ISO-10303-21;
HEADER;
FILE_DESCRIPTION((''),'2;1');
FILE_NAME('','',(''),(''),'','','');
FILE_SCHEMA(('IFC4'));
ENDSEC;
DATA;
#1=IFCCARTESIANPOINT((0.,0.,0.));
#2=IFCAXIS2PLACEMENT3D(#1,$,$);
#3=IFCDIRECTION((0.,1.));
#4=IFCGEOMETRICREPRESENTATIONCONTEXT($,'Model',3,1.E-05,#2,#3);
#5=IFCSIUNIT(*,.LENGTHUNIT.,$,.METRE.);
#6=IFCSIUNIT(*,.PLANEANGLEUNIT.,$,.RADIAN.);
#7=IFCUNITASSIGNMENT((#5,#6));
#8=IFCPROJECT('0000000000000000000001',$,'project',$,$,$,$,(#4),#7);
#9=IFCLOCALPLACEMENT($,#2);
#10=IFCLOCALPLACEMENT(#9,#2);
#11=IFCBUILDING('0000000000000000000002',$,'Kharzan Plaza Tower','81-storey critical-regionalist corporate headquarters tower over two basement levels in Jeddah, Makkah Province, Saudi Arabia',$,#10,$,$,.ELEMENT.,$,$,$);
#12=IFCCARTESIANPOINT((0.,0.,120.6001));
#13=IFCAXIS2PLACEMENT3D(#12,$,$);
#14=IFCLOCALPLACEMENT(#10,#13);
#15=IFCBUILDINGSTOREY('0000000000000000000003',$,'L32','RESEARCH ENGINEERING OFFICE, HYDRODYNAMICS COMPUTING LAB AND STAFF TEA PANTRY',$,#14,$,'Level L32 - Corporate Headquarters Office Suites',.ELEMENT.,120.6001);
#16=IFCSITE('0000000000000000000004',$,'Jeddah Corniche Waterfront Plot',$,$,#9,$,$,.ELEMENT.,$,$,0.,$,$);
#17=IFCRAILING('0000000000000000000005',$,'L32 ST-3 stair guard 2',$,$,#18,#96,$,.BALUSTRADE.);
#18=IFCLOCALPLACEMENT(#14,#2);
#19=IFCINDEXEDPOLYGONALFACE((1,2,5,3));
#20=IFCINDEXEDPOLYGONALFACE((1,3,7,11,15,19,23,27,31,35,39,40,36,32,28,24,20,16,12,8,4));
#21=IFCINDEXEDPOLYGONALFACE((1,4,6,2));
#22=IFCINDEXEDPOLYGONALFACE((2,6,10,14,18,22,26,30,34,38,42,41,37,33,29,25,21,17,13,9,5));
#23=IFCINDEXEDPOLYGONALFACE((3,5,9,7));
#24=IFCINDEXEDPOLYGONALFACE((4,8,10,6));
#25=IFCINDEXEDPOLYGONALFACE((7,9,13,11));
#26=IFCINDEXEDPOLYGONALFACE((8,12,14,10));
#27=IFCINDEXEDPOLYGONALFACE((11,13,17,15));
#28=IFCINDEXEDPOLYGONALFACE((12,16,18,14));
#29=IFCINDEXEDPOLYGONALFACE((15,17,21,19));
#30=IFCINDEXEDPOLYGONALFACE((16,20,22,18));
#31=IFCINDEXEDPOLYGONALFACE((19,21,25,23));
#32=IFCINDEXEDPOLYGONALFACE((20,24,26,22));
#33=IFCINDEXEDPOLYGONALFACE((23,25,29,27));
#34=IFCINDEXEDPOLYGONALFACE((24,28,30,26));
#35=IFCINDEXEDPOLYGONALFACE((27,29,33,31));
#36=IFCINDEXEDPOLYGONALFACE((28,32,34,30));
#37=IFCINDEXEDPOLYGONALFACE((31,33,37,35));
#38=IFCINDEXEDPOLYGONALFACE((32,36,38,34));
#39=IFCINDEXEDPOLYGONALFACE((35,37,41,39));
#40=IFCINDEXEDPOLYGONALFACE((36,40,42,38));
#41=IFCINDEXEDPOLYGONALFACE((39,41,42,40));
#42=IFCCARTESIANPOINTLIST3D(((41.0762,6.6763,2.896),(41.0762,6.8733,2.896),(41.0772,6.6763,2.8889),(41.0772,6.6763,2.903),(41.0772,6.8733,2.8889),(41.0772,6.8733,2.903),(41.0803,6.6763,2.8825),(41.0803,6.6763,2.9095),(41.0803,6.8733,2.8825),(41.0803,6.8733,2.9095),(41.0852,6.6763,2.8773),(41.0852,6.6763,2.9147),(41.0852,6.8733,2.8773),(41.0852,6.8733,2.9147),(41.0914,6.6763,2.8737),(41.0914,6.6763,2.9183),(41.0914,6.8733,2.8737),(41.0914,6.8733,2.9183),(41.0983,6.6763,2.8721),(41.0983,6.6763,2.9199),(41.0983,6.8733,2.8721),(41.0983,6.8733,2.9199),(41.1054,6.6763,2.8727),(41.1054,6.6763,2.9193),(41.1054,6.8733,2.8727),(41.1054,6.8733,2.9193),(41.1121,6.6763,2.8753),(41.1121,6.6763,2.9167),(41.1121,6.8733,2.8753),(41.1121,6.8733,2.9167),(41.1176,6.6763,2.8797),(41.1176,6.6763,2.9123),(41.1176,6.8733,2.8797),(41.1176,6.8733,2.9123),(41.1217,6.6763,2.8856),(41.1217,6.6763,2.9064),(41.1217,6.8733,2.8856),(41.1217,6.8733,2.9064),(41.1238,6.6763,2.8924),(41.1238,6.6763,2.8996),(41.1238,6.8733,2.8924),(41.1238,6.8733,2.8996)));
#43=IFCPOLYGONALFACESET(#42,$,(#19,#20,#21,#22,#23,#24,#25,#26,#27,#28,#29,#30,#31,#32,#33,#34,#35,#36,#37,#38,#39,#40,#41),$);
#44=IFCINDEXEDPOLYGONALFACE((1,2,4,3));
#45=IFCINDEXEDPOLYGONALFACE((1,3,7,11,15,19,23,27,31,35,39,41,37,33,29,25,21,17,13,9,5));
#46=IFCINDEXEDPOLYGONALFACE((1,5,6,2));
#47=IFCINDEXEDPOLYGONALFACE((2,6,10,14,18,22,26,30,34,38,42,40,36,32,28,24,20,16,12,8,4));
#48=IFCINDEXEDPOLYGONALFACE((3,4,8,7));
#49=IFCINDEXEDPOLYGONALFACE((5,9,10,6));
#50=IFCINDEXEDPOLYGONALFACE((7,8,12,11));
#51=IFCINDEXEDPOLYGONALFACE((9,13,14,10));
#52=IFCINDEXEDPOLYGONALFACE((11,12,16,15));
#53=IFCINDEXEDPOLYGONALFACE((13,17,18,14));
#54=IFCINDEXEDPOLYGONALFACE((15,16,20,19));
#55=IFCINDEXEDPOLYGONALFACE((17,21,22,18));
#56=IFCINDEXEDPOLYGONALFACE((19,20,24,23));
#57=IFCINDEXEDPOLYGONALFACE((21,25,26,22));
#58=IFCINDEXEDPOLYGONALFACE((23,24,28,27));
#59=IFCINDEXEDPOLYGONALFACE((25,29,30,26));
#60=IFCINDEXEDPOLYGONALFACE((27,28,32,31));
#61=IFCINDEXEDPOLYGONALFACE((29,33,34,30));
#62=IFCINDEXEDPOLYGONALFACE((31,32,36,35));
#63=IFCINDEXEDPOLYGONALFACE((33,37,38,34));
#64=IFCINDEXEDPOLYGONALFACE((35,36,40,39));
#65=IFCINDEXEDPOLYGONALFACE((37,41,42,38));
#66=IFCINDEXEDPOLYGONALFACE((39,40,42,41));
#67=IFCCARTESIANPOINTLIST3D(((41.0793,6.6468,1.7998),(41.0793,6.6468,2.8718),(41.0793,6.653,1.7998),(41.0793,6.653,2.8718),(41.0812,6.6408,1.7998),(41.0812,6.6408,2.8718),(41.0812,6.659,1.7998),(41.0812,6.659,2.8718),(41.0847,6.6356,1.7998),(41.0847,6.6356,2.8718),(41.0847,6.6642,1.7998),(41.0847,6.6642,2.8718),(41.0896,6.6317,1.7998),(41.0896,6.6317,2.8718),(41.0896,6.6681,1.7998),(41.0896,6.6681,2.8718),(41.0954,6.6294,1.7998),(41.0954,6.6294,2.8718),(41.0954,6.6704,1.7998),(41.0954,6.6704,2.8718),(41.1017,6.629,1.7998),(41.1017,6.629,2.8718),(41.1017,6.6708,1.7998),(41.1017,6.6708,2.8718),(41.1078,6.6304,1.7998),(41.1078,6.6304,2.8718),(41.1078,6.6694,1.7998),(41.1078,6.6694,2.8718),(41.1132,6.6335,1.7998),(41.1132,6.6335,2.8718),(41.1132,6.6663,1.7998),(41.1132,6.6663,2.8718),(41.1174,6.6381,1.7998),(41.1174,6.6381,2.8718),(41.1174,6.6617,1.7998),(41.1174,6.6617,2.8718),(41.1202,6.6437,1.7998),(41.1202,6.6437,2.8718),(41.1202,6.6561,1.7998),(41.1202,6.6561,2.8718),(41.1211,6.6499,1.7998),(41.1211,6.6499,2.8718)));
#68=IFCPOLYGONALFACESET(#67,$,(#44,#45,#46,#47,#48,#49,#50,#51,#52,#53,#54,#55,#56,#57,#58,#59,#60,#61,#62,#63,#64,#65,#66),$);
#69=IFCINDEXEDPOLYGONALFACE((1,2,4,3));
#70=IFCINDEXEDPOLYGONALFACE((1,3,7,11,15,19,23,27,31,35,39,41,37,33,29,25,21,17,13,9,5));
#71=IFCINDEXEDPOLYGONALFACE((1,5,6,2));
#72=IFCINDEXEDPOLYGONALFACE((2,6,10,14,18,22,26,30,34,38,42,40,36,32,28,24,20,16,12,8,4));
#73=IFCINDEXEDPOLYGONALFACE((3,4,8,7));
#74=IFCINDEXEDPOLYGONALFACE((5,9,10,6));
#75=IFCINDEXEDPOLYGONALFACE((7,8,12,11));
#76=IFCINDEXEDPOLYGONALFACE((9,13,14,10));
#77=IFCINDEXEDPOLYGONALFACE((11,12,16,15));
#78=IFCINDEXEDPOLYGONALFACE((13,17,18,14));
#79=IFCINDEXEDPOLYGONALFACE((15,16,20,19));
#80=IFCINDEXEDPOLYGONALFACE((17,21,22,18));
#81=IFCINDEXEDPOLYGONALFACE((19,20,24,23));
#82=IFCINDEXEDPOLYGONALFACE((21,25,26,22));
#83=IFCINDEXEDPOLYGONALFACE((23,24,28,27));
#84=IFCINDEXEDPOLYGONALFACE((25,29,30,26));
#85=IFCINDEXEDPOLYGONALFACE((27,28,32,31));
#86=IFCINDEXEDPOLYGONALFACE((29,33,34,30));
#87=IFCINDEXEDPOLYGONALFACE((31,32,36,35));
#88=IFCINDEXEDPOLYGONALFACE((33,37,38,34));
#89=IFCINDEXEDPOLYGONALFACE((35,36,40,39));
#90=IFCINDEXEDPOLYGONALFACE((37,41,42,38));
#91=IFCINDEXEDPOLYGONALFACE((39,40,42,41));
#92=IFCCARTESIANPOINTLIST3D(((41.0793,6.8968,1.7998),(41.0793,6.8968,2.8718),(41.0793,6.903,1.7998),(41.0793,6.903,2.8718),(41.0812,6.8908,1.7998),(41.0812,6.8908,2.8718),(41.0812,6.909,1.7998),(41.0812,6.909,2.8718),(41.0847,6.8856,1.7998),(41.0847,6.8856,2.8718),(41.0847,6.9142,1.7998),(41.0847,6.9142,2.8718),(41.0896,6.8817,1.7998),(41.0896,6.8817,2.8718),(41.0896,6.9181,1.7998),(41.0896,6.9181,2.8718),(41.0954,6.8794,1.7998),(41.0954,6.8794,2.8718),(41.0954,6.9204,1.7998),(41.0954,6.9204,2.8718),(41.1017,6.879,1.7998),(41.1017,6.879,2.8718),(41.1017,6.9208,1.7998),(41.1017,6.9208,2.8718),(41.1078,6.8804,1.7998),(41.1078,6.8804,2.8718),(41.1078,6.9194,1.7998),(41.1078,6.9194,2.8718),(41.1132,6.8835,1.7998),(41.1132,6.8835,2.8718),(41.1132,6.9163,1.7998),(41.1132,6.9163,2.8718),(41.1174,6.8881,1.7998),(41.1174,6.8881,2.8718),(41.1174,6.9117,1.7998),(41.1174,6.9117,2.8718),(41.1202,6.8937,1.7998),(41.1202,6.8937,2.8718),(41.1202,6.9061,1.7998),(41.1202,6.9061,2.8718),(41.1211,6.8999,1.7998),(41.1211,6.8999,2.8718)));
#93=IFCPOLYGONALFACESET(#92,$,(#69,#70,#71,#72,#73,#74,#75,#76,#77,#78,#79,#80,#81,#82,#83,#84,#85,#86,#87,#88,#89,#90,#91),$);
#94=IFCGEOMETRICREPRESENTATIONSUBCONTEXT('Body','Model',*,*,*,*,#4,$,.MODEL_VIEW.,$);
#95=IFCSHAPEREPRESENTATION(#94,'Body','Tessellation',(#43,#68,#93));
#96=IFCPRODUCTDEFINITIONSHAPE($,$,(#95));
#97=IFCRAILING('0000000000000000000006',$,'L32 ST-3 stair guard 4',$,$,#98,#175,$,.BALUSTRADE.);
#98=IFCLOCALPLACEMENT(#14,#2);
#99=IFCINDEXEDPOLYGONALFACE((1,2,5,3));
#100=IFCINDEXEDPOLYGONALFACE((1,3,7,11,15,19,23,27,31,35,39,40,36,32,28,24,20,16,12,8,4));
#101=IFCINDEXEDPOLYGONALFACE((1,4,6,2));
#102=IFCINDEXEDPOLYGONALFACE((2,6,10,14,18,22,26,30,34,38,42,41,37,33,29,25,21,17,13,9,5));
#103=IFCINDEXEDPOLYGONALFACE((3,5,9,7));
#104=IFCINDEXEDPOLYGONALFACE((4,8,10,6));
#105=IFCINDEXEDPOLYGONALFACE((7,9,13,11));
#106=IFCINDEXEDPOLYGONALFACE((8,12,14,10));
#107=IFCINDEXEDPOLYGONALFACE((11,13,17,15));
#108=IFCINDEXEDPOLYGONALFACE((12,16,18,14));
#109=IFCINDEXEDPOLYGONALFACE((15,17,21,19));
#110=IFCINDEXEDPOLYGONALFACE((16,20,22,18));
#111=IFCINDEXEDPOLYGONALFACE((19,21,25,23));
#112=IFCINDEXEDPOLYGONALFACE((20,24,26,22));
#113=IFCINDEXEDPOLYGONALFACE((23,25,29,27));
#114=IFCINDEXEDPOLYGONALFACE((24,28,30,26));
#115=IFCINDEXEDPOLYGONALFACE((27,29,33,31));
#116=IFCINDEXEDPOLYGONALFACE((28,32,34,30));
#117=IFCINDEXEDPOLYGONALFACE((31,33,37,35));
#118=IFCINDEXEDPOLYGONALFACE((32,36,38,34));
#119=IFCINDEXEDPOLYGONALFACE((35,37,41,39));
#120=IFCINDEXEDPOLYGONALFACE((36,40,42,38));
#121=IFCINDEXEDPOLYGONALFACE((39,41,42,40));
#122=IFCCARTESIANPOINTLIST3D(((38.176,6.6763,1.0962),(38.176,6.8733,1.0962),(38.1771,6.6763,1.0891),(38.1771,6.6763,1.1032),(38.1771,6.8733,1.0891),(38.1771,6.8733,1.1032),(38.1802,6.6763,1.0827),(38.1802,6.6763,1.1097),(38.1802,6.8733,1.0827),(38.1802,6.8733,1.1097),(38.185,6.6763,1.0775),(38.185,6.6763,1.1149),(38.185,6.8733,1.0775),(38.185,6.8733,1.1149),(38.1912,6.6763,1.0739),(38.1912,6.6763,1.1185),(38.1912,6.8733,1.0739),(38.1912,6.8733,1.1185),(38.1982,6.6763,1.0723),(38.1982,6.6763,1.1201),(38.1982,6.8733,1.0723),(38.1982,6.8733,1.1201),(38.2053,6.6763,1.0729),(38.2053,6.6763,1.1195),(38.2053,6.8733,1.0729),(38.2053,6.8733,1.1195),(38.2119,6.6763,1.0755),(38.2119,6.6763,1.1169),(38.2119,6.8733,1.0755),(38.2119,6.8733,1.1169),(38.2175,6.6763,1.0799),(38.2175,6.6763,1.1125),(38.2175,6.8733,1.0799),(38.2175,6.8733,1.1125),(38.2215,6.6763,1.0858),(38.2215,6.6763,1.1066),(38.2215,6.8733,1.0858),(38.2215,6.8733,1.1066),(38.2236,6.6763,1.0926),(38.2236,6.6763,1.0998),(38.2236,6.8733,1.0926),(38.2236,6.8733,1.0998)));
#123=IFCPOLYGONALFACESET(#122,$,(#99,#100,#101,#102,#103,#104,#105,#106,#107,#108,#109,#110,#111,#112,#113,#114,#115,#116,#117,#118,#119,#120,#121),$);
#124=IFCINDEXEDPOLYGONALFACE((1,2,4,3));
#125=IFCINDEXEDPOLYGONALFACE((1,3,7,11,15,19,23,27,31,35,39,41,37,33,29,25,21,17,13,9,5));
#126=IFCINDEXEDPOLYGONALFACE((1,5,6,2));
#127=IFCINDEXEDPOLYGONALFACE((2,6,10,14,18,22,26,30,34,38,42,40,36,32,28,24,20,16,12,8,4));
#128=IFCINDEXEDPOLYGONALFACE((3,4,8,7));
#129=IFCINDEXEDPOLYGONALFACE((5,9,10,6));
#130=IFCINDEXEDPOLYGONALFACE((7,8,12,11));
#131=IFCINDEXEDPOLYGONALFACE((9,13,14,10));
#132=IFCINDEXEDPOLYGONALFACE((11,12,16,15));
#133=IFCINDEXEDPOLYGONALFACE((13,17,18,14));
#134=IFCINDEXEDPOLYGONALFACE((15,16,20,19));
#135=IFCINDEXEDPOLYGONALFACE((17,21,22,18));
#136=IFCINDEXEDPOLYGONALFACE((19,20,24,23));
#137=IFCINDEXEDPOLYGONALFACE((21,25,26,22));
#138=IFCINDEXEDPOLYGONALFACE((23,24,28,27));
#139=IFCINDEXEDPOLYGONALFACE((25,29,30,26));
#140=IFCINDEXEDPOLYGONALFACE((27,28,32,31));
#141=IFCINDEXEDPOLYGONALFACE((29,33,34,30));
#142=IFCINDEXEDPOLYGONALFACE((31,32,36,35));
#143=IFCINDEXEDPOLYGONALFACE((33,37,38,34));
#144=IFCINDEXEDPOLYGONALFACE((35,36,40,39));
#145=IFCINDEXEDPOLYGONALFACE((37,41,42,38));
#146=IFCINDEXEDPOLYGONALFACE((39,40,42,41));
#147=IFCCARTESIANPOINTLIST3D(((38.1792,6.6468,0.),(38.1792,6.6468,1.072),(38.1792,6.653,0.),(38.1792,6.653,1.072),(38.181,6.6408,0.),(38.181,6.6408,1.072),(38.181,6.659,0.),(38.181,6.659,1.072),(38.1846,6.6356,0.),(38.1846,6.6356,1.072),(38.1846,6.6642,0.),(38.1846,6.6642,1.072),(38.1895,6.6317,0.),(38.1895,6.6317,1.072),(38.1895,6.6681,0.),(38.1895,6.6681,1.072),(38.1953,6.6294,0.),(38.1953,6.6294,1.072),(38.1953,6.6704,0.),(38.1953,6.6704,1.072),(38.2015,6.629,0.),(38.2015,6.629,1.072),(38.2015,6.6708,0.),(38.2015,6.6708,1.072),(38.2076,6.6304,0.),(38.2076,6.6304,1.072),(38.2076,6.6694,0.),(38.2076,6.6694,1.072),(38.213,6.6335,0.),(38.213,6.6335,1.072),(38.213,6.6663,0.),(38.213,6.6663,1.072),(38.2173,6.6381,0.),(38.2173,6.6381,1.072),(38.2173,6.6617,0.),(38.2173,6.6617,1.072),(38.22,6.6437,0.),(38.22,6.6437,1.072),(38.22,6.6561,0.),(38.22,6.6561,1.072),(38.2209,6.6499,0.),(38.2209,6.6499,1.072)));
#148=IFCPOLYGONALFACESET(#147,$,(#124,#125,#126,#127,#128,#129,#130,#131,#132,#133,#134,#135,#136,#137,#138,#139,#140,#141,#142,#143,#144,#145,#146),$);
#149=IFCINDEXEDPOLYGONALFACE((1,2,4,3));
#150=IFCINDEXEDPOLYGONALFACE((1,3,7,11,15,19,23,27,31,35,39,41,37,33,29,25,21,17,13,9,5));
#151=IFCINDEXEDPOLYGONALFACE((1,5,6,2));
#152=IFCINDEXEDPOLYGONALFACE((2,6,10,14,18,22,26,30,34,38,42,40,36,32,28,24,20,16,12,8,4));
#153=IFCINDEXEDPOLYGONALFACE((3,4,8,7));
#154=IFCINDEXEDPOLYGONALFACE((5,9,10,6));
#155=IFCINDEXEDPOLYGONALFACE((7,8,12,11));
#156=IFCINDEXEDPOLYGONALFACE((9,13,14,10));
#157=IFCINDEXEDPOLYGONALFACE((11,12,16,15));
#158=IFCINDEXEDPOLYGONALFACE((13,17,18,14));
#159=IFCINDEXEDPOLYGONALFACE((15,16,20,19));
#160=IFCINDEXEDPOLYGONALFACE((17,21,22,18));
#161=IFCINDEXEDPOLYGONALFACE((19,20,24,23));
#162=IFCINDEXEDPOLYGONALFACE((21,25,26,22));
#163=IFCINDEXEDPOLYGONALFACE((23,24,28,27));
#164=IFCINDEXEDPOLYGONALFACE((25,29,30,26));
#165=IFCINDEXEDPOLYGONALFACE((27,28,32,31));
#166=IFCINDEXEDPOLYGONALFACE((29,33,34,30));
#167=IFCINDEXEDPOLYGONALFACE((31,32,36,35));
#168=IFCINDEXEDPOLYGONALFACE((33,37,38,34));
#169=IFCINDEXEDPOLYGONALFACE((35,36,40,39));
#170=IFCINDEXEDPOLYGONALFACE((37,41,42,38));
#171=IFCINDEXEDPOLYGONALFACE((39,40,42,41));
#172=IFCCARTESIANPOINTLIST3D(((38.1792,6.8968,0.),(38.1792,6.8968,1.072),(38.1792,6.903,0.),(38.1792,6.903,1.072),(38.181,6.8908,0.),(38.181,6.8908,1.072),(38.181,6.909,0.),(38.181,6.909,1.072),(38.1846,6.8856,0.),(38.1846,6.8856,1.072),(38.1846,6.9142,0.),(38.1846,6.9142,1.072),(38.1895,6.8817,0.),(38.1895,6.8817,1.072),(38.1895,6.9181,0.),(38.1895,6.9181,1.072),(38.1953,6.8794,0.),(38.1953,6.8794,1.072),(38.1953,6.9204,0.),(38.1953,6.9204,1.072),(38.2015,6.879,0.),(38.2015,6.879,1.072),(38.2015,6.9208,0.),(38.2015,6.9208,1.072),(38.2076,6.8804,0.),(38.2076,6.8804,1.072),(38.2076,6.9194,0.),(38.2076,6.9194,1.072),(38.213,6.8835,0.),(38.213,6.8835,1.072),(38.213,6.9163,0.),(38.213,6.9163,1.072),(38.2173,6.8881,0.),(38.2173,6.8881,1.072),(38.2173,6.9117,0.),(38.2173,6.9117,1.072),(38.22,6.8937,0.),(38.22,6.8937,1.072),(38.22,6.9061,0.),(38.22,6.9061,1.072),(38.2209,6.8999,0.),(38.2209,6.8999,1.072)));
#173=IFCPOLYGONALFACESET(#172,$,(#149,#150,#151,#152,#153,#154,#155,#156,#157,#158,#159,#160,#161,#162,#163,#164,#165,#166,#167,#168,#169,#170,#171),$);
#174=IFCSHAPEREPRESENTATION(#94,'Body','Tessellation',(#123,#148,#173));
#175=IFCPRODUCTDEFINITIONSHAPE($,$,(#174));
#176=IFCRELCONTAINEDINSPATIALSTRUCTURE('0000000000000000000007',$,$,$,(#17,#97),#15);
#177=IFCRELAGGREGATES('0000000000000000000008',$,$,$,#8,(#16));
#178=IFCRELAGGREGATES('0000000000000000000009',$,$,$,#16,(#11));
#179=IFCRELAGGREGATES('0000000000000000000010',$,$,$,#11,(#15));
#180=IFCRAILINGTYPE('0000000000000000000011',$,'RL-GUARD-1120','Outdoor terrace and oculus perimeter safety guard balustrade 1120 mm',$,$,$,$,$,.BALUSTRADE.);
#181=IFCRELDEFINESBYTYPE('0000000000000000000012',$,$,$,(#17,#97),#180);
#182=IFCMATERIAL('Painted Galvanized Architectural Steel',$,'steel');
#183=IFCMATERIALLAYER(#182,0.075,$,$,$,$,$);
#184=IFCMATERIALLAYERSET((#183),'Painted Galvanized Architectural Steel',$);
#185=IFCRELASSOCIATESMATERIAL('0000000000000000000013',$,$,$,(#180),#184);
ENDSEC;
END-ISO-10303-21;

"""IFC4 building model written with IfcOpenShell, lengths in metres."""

from ifc_helpers import new_model, si_unit, direction, frame, origin, origin_2d, place, context, subcontext, project, spatial, circle, extrude, source, transform, mapped, material, layer, layer_set, type_object, element, save


model = new_model("IFC4")

# Units and contexts
model_context = context("Model", 3, precision=1e-05, world=origin(), true_north=direction((0.0, 1.0)))
body_context = subcontext(model_context, "Body", "Model", "MODEL_VIEW")
ifc_project = project(units=[si_unit("LENGTHUNIT", "METRE"), si_unit("PLANEANGLEUNIT", "RADIAN")], contexts=[model_context])

# Site, building, storey
site_placement = place(None, origin())
site = spatial("IfcSite", under=ifc_project, at=site_placement, Name="Jeddah Corniche Waterfront Plot", CompositionType="ELEMENT", RefElevation=0.0)
building_placement = place(site_placement, origin())
building = spatial("IfcBuilding", under=site, at=building_placement, Name="Kharzan Plaza Tower", Description="81-storey critical-regionalist corporate headquarters tower over two basement levels in Jeddah, Makkah Province, Saudi Arabia", CompositionType="ELEMENT")
storey_placement = place(building_placement, frame((0.0, 0.0, 120.6001)))
storey = spatial("IfcBuildingStorey", under=building, at=storey_placement, Name="L32", Description="RESEARCH ENGINEERING OFFICE, HYDRODYNAMICS COMPUTING LAB AND STAFF TEA PANTRY", LongName="Level L32 - Corporate Headquarters Office Suites", CompositionType="ELEMENT", Elevation=120.6001)

# Railings
ifc_material_1 = material(Name="Painted Galvanized Architectural Steel", Category="steel")
ifc_layer_1 = layer(ifc_material_1, 0.075)
ifc_layer_set_1 = layer_set([ifc_layer_1], Name="Painted Galvanized Architectural Steel")
railing_type_1 = type_object("IfcRailingType", Name="RL-GUARD-1120", Description="Outdoor terrace and oculus perimeter safety guard balustrade 1120 mm", PredefinedType="BALUSTRADE", material=ifc_layer_set_1)
shared_shape_1 = source(origin(), body_context, "Body", "SweptSolid", [
    extrude(circle(Radius=0.0239, at=origin_2d()), frame((0.0, 0.0264, 1.0962), z_axis=(0.0, 1.0, 0.0), x_axis=(-1.0, 0.0, 0.0)), (0.0, 0.0, 1.0), 0.197),
    extrude(circle(Radius=0.021, at=origin_2d()), origin(), (0.0, 0.0, 1.0), 1.072),
    extrude(circle(Radius=0.021, at=origin_2d()), frame((0.0, 0.25, 0.0)), (0.0, 0.0, 1.0), 1.072),
])
for number, where, name in (
    (1, (41.1001, 6.6499, 1.7998), "L32 ST-3 stair guard 2"),
    (2, (38.2, 6.6499, 0.0), "L32 ST-3 stair guard 4"),
):
    element("IfcRailing", number, at=place(storey_placement, frame(where)), inside=storey, type_object=railing_type_1, Name=name, PredefinedType="BALUSTRADE", context=body_context, shape_type="MappedRepresentation", body=[
        mapped(shared_shape_1, transform((0.0, 0.0, 0.0), x_axis=(1.0, 0.0, 0.0), y_axis=(0.0, 1.0, 0.0), z_axis=(0.0, 0.0, 1.0))),
    ])

save(model, "model.ifc")
